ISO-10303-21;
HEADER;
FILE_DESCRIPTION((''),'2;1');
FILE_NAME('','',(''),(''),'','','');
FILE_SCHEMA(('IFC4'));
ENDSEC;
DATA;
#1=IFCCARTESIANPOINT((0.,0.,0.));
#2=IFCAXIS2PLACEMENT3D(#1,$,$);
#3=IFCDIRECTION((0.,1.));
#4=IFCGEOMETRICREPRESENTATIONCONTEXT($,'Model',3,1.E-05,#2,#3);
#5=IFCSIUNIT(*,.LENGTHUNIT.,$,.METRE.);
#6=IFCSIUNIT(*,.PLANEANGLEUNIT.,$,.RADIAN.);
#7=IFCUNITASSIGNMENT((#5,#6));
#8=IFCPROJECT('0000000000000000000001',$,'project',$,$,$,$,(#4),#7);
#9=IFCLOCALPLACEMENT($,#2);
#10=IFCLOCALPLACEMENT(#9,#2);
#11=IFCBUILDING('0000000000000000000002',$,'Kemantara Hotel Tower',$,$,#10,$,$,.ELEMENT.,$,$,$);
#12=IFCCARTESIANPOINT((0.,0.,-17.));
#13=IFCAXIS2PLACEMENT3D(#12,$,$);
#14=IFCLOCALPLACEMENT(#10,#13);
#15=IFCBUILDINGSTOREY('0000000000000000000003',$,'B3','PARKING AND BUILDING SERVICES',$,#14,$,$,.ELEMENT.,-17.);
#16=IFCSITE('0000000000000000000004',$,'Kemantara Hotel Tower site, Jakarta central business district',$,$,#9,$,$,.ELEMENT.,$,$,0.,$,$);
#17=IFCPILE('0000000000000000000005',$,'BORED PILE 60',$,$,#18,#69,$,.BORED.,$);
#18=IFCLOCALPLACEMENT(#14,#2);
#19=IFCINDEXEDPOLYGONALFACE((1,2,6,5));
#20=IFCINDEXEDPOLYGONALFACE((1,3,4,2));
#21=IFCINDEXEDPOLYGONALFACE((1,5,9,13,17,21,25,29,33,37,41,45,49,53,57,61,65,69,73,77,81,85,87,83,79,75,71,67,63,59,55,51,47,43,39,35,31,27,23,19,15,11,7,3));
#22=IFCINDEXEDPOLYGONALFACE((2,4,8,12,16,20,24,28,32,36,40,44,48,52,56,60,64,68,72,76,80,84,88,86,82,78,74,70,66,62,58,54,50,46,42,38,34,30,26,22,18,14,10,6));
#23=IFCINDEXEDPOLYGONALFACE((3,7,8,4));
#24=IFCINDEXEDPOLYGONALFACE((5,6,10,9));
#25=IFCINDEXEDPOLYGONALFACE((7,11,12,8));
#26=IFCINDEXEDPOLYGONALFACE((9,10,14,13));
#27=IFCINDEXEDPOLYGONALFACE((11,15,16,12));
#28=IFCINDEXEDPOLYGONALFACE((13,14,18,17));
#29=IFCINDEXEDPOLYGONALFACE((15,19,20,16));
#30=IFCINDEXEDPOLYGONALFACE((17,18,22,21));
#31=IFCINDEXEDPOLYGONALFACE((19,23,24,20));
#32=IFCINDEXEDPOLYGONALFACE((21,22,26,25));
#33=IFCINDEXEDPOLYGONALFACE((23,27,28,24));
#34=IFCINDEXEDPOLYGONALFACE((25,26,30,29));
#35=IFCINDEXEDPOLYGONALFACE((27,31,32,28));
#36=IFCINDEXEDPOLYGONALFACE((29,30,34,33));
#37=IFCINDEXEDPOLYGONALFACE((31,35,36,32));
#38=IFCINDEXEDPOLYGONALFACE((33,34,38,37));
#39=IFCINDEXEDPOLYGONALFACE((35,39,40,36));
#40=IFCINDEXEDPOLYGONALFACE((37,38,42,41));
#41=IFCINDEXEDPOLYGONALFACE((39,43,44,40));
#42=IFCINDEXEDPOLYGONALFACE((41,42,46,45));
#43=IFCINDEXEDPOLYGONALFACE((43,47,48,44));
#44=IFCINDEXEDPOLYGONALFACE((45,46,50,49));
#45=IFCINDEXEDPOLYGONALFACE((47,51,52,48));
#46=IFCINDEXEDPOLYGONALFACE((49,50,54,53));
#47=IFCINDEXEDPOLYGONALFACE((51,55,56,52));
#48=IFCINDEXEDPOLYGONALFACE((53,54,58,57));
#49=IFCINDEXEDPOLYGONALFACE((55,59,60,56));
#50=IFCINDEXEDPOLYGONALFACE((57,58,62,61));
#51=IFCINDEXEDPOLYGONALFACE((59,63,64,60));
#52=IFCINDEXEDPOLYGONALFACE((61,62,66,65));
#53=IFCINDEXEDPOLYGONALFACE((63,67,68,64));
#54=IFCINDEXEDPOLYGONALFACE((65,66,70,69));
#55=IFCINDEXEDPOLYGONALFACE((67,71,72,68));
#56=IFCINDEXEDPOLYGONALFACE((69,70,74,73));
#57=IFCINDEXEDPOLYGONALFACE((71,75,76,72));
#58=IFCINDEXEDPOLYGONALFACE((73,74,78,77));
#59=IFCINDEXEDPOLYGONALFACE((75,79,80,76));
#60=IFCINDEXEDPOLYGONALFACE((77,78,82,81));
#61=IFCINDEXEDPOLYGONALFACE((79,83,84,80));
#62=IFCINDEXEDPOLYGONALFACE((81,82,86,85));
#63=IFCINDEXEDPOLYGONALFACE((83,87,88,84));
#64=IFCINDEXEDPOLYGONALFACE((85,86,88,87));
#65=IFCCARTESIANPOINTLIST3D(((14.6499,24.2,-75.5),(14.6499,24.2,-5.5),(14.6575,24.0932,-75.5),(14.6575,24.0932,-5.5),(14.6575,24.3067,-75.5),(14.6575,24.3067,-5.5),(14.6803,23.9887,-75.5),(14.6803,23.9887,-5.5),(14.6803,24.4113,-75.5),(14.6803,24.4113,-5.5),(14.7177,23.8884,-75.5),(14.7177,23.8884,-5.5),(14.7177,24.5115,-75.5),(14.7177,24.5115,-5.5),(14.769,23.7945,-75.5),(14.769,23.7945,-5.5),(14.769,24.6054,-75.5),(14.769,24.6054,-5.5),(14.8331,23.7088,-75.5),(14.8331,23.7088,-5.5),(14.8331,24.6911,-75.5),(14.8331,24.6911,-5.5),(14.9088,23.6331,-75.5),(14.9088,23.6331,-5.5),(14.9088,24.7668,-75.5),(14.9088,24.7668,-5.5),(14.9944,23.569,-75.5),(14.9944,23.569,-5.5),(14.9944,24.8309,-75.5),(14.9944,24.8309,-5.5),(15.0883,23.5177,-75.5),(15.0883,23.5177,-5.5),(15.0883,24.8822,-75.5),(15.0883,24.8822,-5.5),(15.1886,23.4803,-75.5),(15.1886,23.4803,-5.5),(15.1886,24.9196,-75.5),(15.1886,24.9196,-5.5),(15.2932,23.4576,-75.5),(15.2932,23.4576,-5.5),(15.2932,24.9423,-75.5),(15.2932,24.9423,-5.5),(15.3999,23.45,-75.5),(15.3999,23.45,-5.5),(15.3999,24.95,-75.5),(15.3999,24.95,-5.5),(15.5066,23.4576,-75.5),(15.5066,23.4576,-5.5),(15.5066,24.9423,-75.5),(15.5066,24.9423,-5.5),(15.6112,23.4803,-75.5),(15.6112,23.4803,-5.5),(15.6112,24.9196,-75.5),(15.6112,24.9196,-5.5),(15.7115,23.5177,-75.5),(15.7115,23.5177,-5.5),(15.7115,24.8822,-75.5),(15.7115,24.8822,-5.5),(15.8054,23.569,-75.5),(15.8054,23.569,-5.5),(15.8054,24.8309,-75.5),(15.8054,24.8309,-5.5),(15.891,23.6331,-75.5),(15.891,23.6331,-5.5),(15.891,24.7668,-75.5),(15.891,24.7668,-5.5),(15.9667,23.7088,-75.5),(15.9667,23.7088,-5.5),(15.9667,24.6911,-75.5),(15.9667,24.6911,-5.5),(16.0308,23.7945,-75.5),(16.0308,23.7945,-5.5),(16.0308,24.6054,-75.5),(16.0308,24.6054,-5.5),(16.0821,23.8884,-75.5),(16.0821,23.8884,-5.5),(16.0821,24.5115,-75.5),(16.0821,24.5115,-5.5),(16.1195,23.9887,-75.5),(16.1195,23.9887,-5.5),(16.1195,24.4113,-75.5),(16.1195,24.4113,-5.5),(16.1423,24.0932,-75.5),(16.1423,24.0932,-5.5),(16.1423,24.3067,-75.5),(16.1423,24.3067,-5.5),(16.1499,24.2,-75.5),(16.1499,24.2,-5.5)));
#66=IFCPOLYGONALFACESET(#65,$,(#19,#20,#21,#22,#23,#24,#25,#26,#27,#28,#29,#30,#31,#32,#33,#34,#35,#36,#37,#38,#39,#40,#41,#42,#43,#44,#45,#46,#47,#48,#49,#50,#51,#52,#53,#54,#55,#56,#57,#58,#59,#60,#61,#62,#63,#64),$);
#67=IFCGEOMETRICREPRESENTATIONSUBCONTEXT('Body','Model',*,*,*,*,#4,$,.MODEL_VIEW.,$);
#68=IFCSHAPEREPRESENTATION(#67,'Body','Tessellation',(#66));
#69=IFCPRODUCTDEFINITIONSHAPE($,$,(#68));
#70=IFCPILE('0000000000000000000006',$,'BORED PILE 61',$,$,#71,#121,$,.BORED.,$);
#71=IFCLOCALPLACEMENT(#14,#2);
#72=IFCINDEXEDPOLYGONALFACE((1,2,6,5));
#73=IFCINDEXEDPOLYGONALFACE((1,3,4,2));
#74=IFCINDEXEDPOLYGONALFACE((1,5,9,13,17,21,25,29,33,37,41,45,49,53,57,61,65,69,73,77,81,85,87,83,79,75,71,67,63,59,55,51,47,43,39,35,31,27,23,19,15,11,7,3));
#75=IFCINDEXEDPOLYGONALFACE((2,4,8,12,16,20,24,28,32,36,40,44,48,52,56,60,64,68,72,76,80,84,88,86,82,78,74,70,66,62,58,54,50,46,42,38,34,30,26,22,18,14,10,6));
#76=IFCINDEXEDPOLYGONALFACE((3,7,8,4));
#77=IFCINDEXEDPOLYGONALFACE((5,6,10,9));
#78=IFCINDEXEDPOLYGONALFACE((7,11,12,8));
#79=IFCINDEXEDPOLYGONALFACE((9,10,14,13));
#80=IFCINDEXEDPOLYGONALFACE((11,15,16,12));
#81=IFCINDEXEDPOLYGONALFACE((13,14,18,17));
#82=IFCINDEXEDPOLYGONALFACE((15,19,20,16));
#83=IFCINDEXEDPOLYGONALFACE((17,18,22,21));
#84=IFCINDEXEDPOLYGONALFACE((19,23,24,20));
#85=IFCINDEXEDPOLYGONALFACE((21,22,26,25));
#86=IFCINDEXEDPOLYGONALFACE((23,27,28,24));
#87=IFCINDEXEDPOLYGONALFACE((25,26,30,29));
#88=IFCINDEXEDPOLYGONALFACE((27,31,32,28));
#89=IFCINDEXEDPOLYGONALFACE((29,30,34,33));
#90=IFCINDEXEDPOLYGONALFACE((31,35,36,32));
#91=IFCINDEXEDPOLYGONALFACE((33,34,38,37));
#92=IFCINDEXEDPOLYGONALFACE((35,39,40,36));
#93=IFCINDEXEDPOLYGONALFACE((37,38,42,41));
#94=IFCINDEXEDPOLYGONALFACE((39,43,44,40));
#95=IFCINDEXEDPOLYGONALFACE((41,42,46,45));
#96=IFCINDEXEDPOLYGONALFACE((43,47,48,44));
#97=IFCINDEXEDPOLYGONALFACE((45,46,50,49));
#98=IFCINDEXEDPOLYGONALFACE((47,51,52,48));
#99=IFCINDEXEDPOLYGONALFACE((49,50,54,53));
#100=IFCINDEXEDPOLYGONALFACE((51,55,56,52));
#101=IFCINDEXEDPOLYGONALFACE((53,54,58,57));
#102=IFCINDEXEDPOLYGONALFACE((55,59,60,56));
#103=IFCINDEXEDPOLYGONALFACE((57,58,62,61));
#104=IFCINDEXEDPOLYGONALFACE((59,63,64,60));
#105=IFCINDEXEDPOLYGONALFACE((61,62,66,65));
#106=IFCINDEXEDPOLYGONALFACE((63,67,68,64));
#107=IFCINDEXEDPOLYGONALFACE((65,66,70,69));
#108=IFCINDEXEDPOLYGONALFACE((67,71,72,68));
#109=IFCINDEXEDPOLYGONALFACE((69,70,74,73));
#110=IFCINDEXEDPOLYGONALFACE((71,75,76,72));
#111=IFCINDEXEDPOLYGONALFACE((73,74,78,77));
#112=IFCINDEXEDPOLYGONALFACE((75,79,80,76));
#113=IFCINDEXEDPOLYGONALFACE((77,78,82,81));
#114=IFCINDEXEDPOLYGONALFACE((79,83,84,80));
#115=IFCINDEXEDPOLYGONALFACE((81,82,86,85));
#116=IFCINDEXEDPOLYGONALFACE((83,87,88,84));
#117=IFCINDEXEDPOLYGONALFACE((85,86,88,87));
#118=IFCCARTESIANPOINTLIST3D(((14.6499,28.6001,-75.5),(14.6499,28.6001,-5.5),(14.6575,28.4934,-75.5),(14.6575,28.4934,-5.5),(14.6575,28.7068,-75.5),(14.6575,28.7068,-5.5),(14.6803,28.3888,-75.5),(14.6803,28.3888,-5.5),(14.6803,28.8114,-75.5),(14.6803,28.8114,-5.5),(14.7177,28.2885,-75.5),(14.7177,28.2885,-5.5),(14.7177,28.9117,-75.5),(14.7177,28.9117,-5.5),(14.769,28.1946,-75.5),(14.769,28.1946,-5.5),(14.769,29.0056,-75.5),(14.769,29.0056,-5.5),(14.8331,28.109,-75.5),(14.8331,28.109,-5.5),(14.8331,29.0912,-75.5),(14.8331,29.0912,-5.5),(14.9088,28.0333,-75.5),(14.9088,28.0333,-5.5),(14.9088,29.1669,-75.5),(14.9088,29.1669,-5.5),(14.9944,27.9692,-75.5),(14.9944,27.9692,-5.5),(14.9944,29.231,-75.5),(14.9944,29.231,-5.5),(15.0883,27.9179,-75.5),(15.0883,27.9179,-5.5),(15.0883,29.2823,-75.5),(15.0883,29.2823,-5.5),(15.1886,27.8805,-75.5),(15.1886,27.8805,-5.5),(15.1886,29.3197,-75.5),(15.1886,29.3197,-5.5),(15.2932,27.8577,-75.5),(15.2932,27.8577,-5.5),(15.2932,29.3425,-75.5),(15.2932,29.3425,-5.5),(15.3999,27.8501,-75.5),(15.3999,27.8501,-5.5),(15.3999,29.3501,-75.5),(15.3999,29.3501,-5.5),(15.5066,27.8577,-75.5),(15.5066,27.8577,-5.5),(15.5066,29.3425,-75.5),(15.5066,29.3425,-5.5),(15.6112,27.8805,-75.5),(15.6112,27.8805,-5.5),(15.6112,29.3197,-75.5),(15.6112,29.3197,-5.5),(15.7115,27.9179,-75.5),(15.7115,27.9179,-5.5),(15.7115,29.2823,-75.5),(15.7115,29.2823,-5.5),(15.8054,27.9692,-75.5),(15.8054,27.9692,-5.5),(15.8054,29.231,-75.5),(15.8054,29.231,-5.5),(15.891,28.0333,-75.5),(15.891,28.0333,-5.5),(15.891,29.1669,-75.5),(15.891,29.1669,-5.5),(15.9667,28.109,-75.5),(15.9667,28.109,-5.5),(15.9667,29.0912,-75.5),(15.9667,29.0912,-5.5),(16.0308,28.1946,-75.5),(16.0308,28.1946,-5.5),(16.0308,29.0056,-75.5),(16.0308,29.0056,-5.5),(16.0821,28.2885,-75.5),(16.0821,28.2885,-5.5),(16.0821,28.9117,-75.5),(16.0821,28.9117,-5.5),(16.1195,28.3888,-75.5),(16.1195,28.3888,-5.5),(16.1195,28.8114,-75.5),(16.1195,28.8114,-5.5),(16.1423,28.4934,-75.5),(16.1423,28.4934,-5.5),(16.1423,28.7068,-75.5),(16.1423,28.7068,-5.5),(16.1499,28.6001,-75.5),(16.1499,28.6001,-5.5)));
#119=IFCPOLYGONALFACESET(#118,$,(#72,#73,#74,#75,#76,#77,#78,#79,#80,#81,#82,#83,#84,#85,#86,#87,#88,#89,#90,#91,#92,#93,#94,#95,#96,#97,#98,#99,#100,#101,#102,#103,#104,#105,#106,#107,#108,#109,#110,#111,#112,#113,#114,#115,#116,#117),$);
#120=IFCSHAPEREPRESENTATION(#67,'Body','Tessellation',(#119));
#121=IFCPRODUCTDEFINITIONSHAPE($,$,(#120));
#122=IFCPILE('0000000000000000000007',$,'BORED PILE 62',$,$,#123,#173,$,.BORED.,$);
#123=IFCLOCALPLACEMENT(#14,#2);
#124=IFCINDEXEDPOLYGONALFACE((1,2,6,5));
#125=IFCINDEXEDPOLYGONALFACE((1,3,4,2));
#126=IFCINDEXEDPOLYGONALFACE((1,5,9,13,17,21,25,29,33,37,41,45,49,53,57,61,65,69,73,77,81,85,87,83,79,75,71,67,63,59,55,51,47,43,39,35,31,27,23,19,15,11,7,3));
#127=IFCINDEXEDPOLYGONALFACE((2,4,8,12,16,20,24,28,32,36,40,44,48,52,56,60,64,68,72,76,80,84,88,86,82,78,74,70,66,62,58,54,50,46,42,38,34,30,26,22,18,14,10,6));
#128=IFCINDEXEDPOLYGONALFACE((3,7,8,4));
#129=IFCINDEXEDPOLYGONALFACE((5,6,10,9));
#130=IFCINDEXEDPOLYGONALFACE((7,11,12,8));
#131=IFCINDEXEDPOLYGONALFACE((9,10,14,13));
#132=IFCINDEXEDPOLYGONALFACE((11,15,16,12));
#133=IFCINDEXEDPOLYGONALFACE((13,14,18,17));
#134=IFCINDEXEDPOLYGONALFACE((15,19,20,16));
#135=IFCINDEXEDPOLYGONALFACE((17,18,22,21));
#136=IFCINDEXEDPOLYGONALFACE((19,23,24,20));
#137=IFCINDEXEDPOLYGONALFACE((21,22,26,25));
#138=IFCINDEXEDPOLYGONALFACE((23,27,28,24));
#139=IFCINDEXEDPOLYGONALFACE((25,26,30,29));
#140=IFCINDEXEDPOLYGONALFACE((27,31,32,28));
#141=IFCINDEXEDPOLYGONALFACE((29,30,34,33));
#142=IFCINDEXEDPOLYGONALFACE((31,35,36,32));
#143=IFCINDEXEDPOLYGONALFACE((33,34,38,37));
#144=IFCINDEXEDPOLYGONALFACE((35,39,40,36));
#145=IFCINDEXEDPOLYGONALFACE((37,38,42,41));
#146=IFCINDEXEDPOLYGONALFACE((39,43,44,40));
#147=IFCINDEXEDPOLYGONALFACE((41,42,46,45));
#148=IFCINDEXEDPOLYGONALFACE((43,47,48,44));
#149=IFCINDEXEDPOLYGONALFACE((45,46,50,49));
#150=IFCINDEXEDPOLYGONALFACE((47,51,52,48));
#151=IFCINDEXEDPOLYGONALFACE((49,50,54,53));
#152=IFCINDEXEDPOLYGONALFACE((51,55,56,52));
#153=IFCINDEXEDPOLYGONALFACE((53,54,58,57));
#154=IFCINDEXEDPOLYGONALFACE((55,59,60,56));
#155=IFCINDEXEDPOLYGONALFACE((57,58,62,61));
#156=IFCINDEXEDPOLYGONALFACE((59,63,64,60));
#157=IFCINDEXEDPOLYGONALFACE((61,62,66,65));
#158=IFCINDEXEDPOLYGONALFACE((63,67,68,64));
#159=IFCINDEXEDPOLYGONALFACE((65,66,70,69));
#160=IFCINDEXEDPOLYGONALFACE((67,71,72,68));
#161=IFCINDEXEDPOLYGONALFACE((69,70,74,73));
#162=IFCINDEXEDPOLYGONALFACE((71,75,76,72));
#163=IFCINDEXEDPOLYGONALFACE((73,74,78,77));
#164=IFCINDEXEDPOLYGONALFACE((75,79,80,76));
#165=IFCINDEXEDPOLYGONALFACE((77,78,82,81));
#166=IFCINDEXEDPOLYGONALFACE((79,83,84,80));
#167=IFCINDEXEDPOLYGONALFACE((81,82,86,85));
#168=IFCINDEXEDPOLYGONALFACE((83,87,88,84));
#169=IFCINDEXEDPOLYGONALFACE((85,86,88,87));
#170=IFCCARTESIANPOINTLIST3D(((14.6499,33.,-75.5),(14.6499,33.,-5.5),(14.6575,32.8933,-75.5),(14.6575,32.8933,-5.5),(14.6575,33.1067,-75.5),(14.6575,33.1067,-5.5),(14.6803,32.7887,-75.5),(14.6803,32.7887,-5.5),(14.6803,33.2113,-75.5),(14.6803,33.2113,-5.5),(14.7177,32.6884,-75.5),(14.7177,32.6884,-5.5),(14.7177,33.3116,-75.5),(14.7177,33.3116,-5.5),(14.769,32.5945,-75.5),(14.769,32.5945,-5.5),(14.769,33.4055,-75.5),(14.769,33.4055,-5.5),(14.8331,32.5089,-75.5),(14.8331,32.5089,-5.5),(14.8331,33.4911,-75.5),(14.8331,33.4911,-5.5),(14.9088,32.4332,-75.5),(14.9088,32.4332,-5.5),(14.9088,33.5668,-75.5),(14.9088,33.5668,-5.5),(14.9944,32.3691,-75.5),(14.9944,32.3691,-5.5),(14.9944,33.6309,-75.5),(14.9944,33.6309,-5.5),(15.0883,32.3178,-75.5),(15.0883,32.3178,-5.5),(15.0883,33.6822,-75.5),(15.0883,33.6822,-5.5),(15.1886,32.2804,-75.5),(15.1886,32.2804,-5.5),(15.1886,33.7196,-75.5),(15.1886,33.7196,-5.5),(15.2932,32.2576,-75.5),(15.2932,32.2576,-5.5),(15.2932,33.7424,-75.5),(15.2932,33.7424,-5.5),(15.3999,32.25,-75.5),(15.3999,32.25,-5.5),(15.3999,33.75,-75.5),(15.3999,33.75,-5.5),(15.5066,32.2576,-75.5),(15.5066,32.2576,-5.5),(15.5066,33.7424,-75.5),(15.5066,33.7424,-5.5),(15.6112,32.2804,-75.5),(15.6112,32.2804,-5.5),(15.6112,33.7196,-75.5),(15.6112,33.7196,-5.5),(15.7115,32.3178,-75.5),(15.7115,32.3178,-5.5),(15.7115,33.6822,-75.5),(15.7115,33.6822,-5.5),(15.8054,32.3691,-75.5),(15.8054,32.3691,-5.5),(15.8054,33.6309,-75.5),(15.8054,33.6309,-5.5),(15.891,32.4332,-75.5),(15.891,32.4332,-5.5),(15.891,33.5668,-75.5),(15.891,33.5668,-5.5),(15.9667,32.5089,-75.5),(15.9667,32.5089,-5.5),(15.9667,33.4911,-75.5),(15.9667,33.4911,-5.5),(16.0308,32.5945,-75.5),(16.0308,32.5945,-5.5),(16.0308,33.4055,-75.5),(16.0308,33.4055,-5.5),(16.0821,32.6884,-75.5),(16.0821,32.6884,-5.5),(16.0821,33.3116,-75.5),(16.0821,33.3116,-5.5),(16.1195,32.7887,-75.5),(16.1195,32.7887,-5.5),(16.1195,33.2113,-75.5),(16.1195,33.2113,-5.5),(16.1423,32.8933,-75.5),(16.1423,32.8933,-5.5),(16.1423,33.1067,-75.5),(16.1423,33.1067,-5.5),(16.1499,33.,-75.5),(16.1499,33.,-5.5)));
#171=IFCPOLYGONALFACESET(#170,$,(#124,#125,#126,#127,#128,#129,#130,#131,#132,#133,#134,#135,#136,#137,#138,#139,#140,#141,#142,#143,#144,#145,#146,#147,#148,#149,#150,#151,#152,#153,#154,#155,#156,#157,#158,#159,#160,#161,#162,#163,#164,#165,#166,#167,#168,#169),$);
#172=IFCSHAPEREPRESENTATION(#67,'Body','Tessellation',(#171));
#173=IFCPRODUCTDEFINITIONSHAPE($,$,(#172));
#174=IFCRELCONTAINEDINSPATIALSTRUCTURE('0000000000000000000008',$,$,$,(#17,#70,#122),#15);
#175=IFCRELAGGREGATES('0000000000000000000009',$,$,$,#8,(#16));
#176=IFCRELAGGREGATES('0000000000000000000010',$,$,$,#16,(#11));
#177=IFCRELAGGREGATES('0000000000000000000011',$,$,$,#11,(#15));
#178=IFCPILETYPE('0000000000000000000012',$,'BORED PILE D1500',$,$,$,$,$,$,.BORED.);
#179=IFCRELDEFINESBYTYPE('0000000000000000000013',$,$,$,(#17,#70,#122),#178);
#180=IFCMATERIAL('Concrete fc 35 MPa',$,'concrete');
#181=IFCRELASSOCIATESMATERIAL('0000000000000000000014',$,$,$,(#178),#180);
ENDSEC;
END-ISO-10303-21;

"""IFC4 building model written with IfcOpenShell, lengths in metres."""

from ifc_helpers import new_model, si_unit, direction, frame, origin, origin_2d, place, context, subcontext, project, spatial, circle, extrude, material, material_profile, profile_set, type_object, element, save


model = new_model("IFC4")

# Units and contexts
model_context = context("Model", 3, precision=1e-05, world=origin(), true_north=direction((0.0, 1.0)))
body_context = subcontext(model_context, "Body", "Model", "MODEL_VIEW")
ifc_project = project(units=[si_unit("LENGTHUNIT", "METRE"), si_unit("PLANEANGLEUNIT", "RADIAN")], contexts=[model_context])

# Site, building, storey
site_placement = place(None, origin())
site = spatial("IfcSite", under=ifc_project, at=site_placement, Name="Kemantara Hotel Tower site, Jakarta central business district", CompositionType="ELEMENT", RefElevation=0.0)
building_placement = place(site_placement, origin())
building = spatial("IfcBuilding", under=site, at=building_placement, Name="Kemantara Hotel Tower", CompositionType="ELEMENT")
storey_placement = place(building_placement, frame((0.0, 0.0, -17.0)))
storey = spatial("IfcBuildingStorey", under=building, at=storey_placement, Name="B3", Description="PARKING AND BUILDING SERVICES", CompositionType="ELEMENT", Elevation=-17.0)

# Piles
ifc_material_1 = material(Name="Concrete fc 35 MPa", Category="concrete")
ifc_material_profile_1 = material_profile(ifc_material_1, circle(Radius=0.75, at=origin_2d()), Name="BORED PILE D1500")
ifc_profile_set_1 = profile_set([ifc_material_profile_1], Name="Concrete fc 35 MPa")
pile_type = type_object("IfcPileType", Name="BORED PILE D1500", PredefinedType="BORED", material=ifc_profile_set_1)
for number, where, z_axis, x_axis, name in (
    (1, (15.3999, 24.2, -5.5), (0.0, 0.0, -1.0), (1.0, 0.0, 0.0), "BORED PILE 60"),
    (2, (15.3999, 28.6001, -5.5), (0.0, 0.0, -1.0), (1.0, 0.0, 0.0), "BORED PILE 61"),
    (3, (15.3999, 33.0, -5.5), (0.0, 0.0, -1.0), (1.0, 0.0, 0.0), "BORED PILE 62"),
):
    element("IfcPile", number, at=place(storey_placement, frame(where, z_axis=z_axis, x_axis=x_axis)), inside=storey, type_object=pile_type, Name=name, PredefinedType="BORED", context=body_context, shape_type="SweptSolid", body=[
        extrude(circle(Radius=0.75, at=origin_2d()), origin(), (0.0, 0.0, 1.0), 70.0),
    ])

save(model, "model.ifc")
